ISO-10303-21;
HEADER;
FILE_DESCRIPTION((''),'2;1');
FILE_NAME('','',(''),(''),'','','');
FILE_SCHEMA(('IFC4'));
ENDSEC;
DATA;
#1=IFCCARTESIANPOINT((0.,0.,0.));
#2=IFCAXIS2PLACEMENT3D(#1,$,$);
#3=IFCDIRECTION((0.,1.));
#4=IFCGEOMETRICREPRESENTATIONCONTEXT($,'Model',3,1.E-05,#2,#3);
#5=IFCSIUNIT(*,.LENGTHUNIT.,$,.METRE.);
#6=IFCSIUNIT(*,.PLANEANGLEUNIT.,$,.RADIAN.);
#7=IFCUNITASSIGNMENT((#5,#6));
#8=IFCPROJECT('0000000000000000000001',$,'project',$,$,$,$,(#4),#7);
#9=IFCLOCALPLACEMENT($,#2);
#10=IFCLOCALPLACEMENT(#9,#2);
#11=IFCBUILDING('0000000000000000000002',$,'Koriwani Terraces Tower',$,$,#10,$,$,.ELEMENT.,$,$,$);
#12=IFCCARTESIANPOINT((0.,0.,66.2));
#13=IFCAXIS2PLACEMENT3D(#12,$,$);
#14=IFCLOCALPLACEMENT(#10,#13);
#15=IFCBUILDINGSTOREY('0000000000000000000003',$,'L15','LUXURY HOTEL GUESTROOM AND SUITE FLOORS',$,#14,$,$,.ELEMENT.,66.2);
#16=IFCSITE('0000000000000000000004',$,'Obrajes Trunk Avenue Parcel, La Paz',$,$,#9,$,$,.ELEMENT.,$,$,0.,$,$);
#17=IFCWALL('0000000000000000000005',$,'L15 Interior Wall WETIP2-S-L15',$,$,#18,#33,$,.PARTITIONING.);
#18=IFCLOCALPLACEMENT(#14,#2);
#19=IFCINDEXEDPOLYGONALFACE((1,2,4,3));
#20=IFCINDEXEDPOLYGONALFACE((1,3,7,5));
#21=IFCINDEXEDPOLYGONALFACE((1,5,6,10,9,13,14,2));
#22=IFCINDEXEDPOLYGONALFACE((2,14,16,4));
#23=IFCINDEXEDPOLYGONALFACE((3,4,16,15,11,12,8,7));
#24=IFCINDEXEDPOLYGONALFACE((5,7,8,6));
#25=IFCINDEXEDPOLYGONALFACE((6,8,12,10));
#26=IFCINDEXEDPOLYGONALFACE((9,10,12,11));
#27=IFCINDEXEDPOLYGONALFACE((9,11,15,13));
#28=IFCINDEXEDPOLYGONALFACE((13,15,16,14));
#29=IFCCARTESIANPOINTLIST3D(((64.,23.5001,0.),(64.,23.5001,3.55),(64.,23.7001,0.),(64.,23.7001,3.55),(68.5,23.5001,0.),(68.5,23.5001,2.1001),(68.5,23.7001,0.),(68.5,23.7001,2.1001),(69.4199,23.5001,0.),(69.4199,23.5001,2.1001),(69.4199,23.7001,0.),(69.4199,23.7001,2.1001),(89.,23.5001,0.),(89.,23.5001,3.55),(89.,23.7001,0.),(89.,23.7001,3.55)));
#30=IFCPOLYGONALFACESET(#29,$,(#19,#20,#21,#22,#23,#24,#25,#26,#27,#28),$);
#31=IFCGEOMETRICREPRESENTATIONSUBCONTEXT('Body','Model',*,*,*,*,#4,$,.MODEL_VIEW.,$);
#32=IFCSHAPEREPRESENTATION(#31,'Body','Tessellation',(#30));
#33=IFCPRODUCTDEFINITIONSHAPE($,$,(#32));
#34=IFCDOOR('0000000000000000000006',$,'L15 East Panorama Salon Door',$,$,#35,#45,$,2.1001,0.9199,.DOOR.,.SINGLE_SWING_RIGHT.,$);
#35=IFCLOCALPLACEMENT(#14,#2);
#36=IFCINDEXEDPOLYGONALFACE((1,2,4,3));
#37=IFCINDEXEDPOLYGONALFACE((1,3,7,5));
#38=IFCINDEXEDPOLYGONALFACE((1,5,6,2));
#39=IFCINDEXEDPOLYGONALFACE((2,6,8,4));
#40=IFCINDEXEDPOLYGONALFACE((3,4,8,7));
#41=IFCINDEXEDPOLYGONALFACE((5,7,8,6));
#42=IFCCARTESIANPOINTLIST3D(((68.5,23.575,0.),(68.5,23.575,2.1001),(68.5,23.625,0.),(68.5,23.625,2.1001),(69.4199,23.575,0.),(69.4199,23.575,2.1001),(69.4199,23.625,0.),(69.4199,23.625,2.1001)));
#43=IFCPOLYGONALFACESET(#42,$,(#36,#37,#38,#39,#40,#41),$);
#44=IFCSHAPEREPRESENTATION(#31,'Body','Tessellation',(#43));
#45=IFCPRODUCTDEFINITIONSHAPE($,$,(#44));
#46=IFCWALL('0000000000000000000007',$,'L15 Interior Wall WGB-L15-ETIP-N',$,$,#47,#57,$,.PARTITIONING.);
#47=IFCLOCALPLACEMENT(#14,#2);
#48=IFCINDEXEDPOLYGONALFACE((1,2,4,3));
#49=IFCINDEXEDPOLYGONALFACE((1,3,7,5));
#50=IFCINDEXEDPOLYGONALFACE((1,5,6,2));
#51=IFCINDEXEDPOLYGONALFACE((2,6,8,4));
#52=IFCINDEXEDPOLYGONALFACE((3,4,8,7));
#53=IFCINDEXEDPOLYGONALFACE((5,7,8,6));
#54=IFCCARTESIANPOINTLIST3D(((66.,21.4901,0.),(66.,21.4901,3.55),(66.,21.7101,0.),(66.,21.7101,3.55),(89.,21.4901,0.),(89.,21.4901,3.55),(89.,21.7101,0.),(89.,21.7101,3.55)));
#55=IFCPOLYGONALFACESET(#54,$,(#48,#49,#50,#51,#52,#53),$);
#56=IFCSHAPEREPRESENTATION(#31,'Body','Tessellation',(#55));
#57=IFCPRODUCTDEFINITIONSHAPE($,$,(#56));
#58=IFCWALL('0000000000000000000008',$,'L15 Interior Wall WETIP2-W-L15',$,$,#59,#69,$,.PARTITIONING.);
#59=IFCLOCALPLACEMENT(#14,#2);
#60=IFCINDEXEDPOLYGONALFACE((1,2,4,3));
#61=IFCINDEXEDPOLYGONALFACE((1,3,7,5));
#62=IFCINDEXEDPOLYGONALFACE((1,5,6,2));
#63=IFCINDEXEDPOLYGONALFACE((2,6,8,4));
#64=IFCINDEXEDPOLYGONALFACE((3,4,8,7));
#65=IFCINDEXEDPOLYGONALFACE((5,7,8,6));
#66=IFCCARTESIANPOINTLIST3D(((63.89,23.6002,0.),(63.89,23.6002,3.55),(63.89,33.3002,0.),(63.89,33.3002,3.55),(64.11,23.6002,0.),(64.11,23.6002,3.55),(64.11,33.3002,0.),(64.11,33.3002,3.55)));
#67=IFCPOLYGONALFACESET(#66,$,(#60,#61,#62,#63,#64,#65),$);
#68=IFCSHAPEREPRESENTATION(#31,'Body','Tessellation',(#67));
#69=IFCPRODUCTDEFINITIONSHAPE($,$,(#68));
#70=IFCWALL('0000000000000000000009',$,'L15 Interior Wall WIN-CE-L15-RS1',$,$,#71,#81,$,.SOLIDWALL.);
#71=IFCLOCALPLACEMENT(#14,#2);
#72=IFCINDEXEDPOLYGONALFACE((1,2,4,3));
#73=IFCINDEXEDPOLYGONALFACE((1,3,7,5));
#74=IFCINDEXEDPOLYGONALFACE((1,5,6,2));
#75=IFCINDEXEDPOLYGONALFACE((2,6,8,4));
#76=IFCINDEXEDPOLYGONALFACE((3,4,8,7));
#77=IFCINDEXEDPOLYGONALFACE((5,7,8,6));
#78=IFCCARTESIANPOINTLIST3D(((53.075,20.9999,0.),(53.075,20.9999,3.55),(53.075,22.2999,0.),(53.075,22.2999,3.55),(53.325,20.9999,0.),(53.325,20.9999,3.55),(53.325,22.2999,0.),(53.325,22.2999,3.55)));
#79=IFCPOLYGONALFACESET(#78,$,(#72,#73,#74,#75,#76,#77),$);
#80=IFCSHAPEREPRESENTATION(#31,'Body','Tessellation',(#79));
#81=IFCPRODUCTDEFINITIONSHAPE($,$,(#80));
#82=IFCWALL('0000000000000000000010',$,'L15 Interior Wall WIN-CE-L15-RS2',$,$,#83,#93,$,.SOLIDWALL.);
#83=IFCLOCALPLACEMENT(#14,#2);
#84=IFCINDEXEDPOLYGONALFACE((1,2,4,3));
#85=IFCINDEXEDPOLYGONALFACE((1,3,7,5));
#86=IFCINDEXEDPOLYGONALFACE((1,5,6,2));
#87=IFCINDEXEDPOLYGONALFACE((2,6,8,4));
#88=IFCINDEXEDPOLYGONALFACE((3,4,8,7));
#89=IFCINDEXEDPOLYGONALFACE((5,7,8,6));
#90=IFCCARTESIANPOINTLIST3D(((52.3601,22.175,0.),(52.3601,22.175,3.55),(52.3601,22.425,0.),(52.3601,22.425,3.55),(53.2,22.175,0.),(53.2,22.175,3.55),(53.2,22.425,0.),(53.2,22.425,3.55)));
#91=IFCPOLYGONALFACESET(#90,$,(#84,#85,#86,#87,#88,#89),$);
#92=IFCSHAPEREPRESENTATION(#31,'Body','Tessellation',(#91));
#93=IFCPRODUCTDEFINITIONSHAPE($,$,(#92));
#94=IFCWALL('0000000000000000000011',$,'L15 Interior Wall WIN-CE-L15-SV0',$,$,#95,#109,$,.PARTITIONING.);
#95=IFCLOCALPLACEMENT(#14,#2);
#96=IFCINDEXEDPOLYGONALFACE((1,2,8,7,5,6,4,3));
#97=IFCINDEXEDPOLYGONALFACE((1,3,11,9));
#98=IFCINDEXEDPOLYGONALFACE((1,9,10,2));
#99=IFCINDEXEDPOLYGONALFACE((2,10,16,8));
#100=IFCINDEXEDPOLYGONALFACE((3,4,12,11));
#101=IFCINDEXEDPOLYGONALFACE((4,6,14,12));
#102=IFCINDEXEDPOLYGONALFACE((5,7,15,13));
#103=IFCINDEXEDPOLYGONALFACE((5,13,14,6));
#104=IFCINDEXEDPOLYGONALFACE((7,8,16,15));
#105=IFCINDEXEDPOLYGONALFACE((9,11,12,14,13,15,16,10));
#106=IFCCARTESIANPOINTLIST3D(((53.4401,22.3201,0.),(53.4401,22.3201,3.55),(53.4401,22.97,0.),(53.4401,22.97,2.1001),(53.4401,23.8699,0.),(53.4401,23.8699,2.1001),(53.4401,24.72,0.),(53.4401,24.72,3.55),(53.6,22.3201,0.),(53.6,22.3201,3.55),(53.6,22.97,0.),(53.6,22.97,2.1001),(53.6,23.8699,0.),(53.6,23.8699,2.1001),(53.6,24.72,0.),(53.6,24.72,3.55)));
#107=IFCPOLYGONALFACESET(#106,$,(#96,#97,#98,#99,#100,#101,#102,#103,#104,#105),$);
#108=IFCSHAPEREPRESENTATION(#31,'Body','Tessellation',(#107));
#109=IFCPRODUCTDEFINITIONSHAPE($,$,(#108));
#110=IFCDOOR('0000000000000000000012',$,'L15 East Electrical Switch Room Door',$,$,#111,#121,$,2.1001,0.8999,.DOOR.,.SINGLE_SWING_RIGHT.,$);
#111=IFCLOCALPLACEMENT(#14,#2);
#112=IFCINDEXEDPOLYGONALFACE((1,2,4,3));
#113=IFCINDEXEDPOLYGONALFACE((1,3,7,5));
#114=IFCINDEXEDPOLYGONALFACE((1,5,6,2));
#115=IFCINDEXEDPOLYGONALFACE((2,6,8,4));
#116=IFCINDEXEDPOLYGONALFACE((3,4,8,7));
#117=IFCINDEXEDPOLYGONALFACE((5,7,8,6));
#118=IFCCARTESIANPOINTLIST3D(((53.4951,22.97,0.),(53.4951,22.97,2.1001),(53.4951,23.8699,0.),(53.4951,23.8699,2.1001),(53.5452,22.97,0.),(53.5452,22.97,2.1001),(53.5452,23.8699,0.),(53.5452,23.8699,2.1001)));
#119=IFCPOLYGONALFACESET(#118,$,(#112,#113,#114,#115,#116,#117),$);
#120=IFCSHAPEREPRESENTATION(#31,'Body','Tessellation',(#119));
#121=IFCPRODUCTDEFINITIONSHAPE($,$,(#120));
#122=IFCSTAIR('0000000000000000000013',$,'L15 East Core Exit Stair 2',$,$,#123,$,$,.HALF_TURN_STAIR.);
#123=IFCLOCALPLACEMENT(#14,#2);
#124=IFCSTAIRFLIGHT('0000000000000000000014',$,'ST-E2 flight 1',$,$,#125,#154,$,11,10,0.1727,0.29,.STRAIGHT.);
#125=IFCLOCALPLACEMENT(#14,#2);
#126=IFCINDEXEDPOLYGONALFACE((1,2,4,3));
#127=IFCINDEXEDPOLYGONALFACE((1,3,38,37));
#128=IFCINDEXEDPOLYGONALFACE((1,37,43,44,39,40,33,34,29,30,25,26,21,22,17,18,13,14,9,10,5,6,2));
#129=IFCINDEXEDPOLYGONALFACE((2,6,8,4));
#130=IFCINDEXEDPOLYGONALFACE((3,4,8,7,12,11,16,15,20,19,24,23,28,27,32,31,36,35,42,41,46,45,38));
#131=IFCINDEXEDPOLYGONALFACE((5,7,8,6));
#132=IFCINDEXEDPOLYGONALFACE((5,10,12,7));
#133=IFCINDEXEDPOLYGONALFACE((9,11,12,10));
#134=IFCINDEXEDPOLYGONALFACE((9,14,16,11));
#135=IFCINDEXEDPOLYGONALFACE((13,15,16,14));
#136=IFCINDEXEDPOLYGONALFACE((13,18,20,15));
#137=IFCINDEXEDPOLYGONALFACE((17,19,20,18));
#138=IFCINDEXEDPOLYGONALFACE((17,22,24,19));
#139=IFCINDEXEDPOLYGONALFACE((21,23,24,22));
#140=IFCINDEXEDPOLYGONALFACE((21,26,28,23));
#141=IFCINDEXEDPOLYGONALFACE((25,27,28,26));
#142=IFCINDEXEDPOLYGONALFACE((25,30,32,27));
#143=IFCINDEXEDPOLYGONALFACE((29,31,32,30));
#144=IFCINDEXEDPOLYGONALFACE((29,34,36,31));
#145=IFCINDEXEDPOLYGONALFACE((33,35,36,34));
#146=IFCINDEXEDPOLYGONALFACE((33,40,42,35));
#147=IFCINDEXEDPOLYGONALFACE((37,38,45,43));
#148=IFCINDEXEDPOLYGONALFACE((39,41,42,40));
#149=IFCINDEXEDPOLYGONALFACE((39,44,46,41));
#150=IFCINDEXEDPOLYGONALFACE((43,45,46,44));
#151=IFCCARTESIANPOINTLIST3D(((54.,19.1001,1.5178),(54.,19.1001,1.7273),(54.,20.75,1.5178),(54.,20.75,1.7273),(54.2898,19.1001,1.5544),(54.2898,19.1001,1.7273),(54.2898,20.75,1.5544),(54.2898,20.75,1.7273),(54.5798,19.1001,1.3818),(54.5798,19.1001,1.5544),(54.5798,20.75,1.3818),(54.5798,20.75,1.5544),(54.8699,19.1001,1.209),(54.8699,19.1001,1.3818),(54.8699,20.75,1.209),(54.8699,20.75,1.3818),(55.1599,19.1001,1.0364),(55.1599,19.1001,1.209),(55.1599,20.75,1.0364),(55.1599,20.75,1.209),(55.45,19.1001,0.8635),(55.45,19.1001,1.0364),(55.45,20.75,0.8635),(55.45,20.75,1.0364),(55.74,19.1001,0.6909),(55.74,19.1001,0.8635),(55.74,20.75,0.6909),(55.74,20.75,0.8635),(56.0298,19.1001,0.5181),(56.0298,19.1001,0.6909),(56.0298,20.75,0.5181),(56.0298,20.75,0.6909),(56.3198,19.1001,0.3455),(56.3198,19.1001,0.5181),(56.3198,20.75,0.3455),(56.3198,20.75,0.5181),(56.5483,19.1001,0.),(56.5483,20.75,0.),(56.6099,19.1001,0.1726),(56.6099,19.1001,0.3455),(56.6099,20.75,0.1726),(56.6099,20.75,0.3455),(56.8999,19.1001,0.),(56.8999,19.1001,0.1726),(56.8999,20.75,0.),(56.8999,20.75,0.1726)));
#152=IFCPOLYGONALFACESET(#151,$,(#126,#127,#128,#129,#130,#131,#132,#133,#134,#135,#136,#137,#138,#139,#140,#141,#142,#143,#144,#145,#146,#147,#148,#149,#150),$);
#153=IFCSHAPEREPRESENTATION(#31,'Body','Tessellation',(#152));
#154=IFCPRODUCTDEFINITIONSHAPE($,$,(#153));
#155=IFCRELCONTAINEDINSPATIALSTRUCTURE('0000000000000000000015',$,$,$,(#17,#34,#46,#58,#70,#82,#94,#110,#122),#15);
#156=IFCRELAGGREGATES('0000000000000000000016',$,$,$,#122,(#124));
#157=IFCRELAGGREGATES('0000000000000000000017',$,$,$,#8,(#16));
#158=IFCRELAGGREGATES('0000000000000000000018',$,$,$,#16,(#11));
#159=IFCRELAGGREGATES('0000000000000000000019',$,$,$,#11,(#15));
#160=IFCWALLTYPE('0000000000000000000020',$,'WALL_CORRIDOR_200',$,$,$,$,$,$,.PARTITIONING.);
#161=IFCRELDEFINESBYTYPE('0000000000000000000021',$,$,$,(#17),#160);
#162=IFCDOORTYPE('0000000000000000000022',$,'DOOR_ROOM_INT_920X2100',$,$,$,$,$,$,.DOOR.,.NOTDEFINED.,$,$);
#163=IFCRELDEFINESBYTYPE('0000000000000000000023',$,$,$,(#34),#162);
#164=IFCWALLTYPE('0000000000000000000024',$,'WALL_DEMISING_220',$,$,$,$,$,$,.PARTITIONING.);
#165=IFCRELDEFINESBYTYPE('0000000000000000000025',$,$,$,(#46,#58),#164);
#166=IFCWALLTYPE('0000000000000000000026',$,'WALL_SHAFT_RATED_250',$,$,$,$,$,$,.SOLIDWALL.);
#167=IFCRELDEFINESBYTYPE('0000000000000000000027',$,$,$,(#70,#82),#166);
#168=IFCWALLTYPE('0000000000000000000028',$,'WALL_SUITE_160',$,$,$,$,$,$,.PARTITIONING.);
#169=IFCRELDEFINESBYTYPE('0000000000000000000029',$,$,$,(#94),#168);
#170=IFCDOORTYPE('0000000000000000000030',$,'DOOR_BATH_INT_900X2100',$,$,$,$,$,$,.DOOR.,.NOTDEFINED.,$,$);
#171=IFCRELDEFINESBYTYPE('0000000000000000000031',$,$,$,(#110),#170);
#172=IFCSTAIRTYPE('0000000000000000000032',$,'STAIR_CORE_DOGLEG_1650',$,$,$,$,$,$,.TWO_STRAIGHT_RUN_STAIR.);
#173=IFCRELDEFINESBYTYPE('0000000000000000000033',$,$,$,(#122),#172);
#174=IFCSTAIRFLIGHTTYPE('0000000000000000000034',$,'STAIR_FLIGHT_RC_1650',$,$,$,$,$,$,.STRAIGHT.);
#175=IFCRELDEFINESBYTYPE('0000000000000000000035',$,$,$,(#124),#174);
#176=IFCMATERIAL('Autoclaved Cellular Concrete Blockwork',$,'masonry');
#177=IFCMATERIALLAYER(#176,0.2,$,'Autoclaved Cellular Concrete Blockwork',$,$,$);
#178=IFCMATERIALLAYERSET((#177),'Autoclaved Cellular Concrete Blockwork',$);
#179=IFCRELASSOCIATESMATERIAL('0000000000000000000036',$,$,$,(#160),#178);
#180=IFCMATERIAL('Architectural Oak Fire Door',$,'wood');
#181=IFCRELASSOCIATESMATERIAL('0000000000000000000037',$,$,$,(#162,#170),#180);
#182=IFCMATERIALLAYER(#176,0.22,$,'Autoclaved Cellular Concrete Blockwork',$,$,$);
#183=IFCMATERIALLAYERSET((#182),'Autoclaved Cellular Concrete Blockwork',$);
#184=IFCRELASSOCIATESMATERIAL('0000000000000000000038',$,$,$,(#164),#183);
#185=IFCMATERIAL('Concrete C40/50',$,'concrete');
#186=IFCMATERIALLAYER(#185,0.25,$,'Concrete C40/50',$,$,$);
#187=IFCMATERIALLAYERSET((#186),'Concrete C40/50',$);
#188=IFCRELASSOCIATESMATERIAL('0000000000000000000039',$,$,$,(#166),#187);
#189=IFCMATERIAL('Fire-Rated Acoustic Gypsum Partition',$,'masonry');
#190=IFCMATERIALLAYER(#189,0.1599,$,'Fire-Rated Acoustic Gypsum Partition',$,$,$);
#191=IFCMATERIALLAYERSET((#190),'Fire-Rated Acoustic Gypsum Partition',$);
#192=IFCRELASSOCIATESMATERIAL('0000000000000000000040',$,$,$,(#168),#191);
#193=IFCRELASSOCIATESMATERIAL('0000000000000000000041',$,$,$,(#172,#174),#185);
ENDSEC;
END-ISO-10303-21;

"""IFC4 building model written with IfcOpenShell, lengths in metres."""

from ifc_helpers import new_model, si_unit, direction, frame, frame_2d, origin, place, context, subcontext, project, spatial, polyline, rectangle, outline, extrude, material, layer, layer_set, type_object, element, fill, aggregate, save


model = new_model("IFC4")

# Units and contexts
model_context = context("Model", 3, precision=1e-05, world=origin(), true_north=direction((0.0, 1.0)))
body_context = subcontext(model_context, "Body", "Model", "MODEL_VIEW")
ifc_project = project(units=[si_unit("LENGTHUNIT", "METRE"), si_unit("PLANEANGLEUNIT", "RADIAN")], contexts=[model_context])

# Site, building, storey
site_placement = place(None, origin())
site = spatial("IfcSite", under=ifc_project, at=site_placement, Name="Obrajes Trunk Avenue Parcel, La Paz", CompositionType="ELEMENT", RefElevation=0.0)
building_placement = place(site_placement, origin())
building = spatial("IfcBuilding", under=site, at=building_placement, Name="Koriwani Terraces Tower", CompositionType="ELEMENT")
storey_placement = place(building_placement, frame((0.0, 0.0, 66.2)))
storey = spatial("IfcBuildingStorey", under=building, at=storey_placement, Name="L15", Description="LUXURY HOTEL GUESTROOM AND SUITE FLOORS", CompositionType="ELEMENT", Elevation=66.2)

# Wall, opening, door
ifc_material_1 = material(Name="Autoclaved Cellular Concrete Blockwork", Category="masonry")
ifc_layer_1 = layer(ifc_material_1, 0.2, Name="Autoclaved Cellular Concrete Blockwork")
ifc_layer_set_1 = layer_set([ifc_layer_1], Name="Autoclaved Cellular Concrete Blockwork")
wall_type_1 = type_object("IfcWallType", Name="WALL_CORRIDOR_200", PredefinedType="PARTITIONING", material=ifc_layer_set_1)
wall_1_placement = place(storey_placement, frame((64.0, 23.6001, 0.0), z_axis=(0.0, 0.0, 1.0), x_axis=(1.0, 0.0, 0.0)))
wall_1 = element("IfcWall", 1, at=wall_1_placement, inside=storey, type_object=wall_type_1, Name="L15 Interior Wall WETIP2-S-L15", PredefinedType="PARTITIONING", context=body_context, shape_type="SweptSolid", body=[
    extrude(rectangle(XDim=25.0, YDim=0.2, at=frame_2d((12.5, 0.0))), origin(), (0.0, 0.0, 1.0), 3.55),
])
opening_1_placement = place(wall_1_placement, frame((4.5, 0.0, 0.0)))
opening_1 = element("IfcOpeningElement", 2, at=opening_1_placement, cuts=wall_1, PredefinedType="OPENING", context=body_context, shape_type="SweptSolid", body=[
    extrude(rectangle(XDim=0.9199, YDim=2.1001, at=frame_2d((0.46, 1.05))), frame((0.0, 0.1099, 0.0), z_axis=(0.0, -1.0, 0.0), x_axis=(1.0, 0.0, 0.0)), (0.0, 0.0, 1.0), 0.22),
])
ifc_material_2 = material(Name="Architectural Oak Fire Door", Category="wood")
door_type_1 = type_object("IfcDoorType", Name="DOOR_ROOM_INT_920X2100", OperationType="NOTDEFINED", PredefinedType="DOOR", material=ifc_material_2)
door_1_placement = place(opening_1_placement, origin())
door_1 = element("IfcDoor", 3, at=door_1_placement, inside=storey, type_object=door_type_1, Name="L15 East Panorama Salon Door", OperationType="SINGLE_SWING_RIGHT", OverallHeight=2.1001, OverallWidth=0.9199, PredefinedType="DOOR", context=body_context, shape_type="SweptSolid", body=[
    extrude(rectangle(XDim=0.9199, YDim=2.1001, at=frame_2d((0.46, 1.05))), frame((0.0, 0.0249, 0.0), z_axis=(0.0, -1.0, 0.0), x_axis=(1.0, 0.0, 0.0)), (0.0, 0.0, 1.0), 0.05),
])
fill(opening_1, door_1)

# Walls
ifc_layer_2 = layer(ifc_material_1, 0.22, Name="Autoclaved Cellular Concrete Blockwork")
ifc_layer_set_2 = layer_set([ifc_layer_2], Name="Autoclaved Cellular Concrete Blockwork")
wall_type_2 = type_object("IfcWallType", Name="WALL_DEMISING_220", PredefinedType="PARTITIONING", material=ifc_layer_set_2)
wall_2_placement = place(storey_placement, frame((66.0, 21.6001, 0.0), z_axis=(0.0, 0.0, 1.0), x_axis=(1.0, 0.0, 0.0)))
element("IfcWall", 4, at=wall_2_placement, inside=storey, type_object=wall_type_2, Name="L15 Interior Wall WGB-L15-ETIP-N", PredefinedType="PARTITIONING", context=body_context, shape_type="SweptSolid", body=[
    extrude(rectangle(XDim=23.0, YDim=0.22, at=frame_2d((11.5, 0.0))), origin(), (0.0, 0.0, 1.0), 3.55),
])
wall_3_placement = place(storey_placement, frame((64.0, 23.6001, 0.0), z_axis=(0.0, 0.0, 1.0), x_axis=(0.0, 1.0, 0.0)))
element("IfcWall", 5, at=wall_3_placement, inside=storey, type_object=wall_type_2, Name="L15 Interior Wall WETIP2-W-L15", PredefinedType="PARTITIONING", context=body_context, shape_type="SweptSolid", body=[
    extrude(rectangle(XDim=9.7, YDim=0.22, at=frame_2d((4.8501, 0.0))), origin(), (0.0, 0.0, 1.0), 3.55),
])

# Shared definitions
ifc_material_3 = material(Name="Concrete C40/50", Category="concrete")
ifc_layer_3 = layer(ifc_material_3, 0.25, Name="Concrete C40/50")
ifc_layer_set_3 = layer_set([ifc_layer_3], Name="Concrete C40/50")
wall_type_3 = type_object("IfcWallType", Name="WALL_SHAFT_RATED_250", PredefinedType="SOLIDWALL", material=ifc_layer_set_3)

# Walls
wall_4_placement = place(storey_placement, frame((53.2, 21.0, 0.0), z_axis=(0.0, 0.0, 1.0), x_axis=(0.0, 1.0, 0.0)))
element("IfcWall", 6, at=wall_4_placement, inside=storey, type_object=wall_type_3, Name="L15 Interior Wall WIN-CE-L15-RS1", PredefinedType="SOLIDWALL", context=body_context, shape_type="SweptSolid", body=[
    extrude(rectangle(XDim=1.3, YDim=0.25, at=frame_2d((0.6499, 0.0))), origin(), (0.0, 0.0, 1.0), 3.55),
])
wall_5_placement = place(storey_placement, frame((52.3601, 22.3, 0.0), z_axis=(0.0, 0.0, 1.0), x_axis=(1.0, 0.0, 0.0)))
element("IfcWall", 7, at=wall_5_placement, inside=storey, type_object=wall_type_3, Name="L15 Interior Wall WIN-CE-L15-RS2", PredefinedType="SOLIDWALL", context=body_context, shape_type="SweptSolid", body=[
    extrude(rectangle(XDim=0.8398, YDim=0.25, at=frame_2d((0.4199, 0.0))), origin(), (0.0, 0.0, 1.0), 3.55),
])

# Wall, opening, door
ifc_material_4 = material(Name="Fire-Rated Acoustic Gypsum Partition", Category="masonry")
ifc_layer_4 = layer(ifc_material_4, 0.1599, Name="Fire-Rated Acoustic Gypsum Partition")
ifc_layer_set_4 = layer_set([ifc_layer_4], Name="Fire-Rated Acoustic Gypsum Partition")
wall_type_4 = type_object("IfcWallType", Name="WALL_SUITE_160", PredefinedType="PARTITIONING", material=ifc_layer_set_4)
wall_6_placement = place(storey_placement, frame((53.52, 22.3201, 0.0), z_axis=(0.0, 0.0, 1.0), x_axis=(0.0, 1.0, 0.0)))
wall_6 = element("IfcWall", 8, at=wall_6_placement, inside=storey, type_object=wall_type_4, Name="L15 Interior Wall WIN-CE-L15-SV0", PredefinedType="PARTITIONING", context=body_context, shape_type="SweptSolid", body=[
    extrude(rectangle(XDim=2.3999, YDim=0.1599, at=frame_2d((1.2, 0.0))), origin(), (0.0, 0.0, 1.0), 3.55),
])
opening_2_placement = place(wall_6_placement, frame((0.6499, 0.0, 0.0)))
opening_2 = element("IfcOpeningElement", 9, at=opening_2_placement, cuts=wall_6, PredefinedType="OPENING", context=body_context, shape_type="SweptSolid", body=[
    extrude(rectangle(XDim=0.8999, YDim=2.1001, at=frame_2d((0.45, 1.05))), frame((0.0, 0.0898, 0.0), z_axis=(0.0, -1.0, 0.0), x_axis=(1.0, 0.0, 0.0)), (0.0, 0.0, 1.0), 0.1799),
])
door_type_2 = type_object("IfcDoorType", Name="DOOR_BATH_INT_900X2100", OperationType="NOTDEFINED", PredefinedType="DOOR", material=ifc_material_2)
door_2_placement = place(opening_2_placement, origin())
door_2 = element("IfcDoor", 10, at=door_2_placement, inside=storey, type_object=door_type_2, Name="L15 East Electrical Switch Room Door", OperationType="SINGLE_SWING_RIGHT", OverallHeight=2.1001, OverallWidth=0.8999, PredefinedType="DOOR", context=body_context, shape_type="SweptSolid", body=[
    extrude(rectangle(XDim=0.8999, YDim=2.1001, at=frame_2d((0.45, 1.05))), frame((0.0, 0.0249, 0.0), z_axis=(0.0, -1.0, 0.0), x_axis=(1.0, 0.0, 0.0)), (0.0, 0.0, 1.0), 0.05),
])
fill(opening_2, door_2)

# Stair, stair flight
stair_type = type_object("IfcStairType", Name="STAIR_CORE_DOGLEG_1650", PredefinedType="TWO_STRAIGHT_RUN_STAIR", material=ifc_material_3)
stair_placement = place(storey_placement, origin())
stair = element("IfcStair", 11, at=stair_placement, inside=storey, type_object=stair_type, Name="L15 East Core Exit Stair 2", PredefinedType="HALF_TURN_STAIR")
stair_flight_type = type_object("IfcStairFlightType", Name="STAIR_FLIGHT_RC_1650", PredefinedType="STRAIGHT", material=ifc_material_3)
stair_flight_1_placement = place(storey_placement, frame((56.8999, 19.925, 0.0), z_axis=(0.0, 0.0, 1.0), x_axis=(-1.0, 0.0, 0.0)))
stair_flight_1 = element("IfcStairFlight", 12, at=stair_flight_1_placement, type_object=stair_flight_type, Name="ST-E2 flight 1", NumberOfRisers=11, NumberOfTreads=10, PredefinedType="STRAIGHT", RiserHeight=0.1727, TreadLength=0.29, context=body_context, shape_type="SweptSolid", body=[
    extrude(outline(polyline([(0.0, 0.0), (0.0, 0.1726), (0.29, 0.1726), (0.29, 0.3455), (0.5801, 0.3455), (0.5801, 0.5181), (0.8701, 0.5181), (0.8701, 0.6909), (1.1599, 0.6909), (1.1599, 0.8635), (1.45, 0.8635), (1.45, 1.0364), (1.74, 1.0364), (1.74, 1.209), (2.03, 1.209), (2.03, 1.3818), (2.3201, 1.3818), (2.3201, 1.5544), (2.6101, 1.5544), (2.6101, 1.7273), (2.8999, 1.7273), (2.8999, 1.8999), (2.8999, 1.5178), (0.3516, 0.0), (0.0, 0.0)])), frame((0.0, 0.825, 0.0), z_axis=(0.0, -1.0, 0.0), x_axis=(1.0, 0.0, 0.0)), (0.0, 0.0, 1.0), 1.6499),
])
aggregate(stair, [stair_flight_1])

save(model, "model.ifc")
